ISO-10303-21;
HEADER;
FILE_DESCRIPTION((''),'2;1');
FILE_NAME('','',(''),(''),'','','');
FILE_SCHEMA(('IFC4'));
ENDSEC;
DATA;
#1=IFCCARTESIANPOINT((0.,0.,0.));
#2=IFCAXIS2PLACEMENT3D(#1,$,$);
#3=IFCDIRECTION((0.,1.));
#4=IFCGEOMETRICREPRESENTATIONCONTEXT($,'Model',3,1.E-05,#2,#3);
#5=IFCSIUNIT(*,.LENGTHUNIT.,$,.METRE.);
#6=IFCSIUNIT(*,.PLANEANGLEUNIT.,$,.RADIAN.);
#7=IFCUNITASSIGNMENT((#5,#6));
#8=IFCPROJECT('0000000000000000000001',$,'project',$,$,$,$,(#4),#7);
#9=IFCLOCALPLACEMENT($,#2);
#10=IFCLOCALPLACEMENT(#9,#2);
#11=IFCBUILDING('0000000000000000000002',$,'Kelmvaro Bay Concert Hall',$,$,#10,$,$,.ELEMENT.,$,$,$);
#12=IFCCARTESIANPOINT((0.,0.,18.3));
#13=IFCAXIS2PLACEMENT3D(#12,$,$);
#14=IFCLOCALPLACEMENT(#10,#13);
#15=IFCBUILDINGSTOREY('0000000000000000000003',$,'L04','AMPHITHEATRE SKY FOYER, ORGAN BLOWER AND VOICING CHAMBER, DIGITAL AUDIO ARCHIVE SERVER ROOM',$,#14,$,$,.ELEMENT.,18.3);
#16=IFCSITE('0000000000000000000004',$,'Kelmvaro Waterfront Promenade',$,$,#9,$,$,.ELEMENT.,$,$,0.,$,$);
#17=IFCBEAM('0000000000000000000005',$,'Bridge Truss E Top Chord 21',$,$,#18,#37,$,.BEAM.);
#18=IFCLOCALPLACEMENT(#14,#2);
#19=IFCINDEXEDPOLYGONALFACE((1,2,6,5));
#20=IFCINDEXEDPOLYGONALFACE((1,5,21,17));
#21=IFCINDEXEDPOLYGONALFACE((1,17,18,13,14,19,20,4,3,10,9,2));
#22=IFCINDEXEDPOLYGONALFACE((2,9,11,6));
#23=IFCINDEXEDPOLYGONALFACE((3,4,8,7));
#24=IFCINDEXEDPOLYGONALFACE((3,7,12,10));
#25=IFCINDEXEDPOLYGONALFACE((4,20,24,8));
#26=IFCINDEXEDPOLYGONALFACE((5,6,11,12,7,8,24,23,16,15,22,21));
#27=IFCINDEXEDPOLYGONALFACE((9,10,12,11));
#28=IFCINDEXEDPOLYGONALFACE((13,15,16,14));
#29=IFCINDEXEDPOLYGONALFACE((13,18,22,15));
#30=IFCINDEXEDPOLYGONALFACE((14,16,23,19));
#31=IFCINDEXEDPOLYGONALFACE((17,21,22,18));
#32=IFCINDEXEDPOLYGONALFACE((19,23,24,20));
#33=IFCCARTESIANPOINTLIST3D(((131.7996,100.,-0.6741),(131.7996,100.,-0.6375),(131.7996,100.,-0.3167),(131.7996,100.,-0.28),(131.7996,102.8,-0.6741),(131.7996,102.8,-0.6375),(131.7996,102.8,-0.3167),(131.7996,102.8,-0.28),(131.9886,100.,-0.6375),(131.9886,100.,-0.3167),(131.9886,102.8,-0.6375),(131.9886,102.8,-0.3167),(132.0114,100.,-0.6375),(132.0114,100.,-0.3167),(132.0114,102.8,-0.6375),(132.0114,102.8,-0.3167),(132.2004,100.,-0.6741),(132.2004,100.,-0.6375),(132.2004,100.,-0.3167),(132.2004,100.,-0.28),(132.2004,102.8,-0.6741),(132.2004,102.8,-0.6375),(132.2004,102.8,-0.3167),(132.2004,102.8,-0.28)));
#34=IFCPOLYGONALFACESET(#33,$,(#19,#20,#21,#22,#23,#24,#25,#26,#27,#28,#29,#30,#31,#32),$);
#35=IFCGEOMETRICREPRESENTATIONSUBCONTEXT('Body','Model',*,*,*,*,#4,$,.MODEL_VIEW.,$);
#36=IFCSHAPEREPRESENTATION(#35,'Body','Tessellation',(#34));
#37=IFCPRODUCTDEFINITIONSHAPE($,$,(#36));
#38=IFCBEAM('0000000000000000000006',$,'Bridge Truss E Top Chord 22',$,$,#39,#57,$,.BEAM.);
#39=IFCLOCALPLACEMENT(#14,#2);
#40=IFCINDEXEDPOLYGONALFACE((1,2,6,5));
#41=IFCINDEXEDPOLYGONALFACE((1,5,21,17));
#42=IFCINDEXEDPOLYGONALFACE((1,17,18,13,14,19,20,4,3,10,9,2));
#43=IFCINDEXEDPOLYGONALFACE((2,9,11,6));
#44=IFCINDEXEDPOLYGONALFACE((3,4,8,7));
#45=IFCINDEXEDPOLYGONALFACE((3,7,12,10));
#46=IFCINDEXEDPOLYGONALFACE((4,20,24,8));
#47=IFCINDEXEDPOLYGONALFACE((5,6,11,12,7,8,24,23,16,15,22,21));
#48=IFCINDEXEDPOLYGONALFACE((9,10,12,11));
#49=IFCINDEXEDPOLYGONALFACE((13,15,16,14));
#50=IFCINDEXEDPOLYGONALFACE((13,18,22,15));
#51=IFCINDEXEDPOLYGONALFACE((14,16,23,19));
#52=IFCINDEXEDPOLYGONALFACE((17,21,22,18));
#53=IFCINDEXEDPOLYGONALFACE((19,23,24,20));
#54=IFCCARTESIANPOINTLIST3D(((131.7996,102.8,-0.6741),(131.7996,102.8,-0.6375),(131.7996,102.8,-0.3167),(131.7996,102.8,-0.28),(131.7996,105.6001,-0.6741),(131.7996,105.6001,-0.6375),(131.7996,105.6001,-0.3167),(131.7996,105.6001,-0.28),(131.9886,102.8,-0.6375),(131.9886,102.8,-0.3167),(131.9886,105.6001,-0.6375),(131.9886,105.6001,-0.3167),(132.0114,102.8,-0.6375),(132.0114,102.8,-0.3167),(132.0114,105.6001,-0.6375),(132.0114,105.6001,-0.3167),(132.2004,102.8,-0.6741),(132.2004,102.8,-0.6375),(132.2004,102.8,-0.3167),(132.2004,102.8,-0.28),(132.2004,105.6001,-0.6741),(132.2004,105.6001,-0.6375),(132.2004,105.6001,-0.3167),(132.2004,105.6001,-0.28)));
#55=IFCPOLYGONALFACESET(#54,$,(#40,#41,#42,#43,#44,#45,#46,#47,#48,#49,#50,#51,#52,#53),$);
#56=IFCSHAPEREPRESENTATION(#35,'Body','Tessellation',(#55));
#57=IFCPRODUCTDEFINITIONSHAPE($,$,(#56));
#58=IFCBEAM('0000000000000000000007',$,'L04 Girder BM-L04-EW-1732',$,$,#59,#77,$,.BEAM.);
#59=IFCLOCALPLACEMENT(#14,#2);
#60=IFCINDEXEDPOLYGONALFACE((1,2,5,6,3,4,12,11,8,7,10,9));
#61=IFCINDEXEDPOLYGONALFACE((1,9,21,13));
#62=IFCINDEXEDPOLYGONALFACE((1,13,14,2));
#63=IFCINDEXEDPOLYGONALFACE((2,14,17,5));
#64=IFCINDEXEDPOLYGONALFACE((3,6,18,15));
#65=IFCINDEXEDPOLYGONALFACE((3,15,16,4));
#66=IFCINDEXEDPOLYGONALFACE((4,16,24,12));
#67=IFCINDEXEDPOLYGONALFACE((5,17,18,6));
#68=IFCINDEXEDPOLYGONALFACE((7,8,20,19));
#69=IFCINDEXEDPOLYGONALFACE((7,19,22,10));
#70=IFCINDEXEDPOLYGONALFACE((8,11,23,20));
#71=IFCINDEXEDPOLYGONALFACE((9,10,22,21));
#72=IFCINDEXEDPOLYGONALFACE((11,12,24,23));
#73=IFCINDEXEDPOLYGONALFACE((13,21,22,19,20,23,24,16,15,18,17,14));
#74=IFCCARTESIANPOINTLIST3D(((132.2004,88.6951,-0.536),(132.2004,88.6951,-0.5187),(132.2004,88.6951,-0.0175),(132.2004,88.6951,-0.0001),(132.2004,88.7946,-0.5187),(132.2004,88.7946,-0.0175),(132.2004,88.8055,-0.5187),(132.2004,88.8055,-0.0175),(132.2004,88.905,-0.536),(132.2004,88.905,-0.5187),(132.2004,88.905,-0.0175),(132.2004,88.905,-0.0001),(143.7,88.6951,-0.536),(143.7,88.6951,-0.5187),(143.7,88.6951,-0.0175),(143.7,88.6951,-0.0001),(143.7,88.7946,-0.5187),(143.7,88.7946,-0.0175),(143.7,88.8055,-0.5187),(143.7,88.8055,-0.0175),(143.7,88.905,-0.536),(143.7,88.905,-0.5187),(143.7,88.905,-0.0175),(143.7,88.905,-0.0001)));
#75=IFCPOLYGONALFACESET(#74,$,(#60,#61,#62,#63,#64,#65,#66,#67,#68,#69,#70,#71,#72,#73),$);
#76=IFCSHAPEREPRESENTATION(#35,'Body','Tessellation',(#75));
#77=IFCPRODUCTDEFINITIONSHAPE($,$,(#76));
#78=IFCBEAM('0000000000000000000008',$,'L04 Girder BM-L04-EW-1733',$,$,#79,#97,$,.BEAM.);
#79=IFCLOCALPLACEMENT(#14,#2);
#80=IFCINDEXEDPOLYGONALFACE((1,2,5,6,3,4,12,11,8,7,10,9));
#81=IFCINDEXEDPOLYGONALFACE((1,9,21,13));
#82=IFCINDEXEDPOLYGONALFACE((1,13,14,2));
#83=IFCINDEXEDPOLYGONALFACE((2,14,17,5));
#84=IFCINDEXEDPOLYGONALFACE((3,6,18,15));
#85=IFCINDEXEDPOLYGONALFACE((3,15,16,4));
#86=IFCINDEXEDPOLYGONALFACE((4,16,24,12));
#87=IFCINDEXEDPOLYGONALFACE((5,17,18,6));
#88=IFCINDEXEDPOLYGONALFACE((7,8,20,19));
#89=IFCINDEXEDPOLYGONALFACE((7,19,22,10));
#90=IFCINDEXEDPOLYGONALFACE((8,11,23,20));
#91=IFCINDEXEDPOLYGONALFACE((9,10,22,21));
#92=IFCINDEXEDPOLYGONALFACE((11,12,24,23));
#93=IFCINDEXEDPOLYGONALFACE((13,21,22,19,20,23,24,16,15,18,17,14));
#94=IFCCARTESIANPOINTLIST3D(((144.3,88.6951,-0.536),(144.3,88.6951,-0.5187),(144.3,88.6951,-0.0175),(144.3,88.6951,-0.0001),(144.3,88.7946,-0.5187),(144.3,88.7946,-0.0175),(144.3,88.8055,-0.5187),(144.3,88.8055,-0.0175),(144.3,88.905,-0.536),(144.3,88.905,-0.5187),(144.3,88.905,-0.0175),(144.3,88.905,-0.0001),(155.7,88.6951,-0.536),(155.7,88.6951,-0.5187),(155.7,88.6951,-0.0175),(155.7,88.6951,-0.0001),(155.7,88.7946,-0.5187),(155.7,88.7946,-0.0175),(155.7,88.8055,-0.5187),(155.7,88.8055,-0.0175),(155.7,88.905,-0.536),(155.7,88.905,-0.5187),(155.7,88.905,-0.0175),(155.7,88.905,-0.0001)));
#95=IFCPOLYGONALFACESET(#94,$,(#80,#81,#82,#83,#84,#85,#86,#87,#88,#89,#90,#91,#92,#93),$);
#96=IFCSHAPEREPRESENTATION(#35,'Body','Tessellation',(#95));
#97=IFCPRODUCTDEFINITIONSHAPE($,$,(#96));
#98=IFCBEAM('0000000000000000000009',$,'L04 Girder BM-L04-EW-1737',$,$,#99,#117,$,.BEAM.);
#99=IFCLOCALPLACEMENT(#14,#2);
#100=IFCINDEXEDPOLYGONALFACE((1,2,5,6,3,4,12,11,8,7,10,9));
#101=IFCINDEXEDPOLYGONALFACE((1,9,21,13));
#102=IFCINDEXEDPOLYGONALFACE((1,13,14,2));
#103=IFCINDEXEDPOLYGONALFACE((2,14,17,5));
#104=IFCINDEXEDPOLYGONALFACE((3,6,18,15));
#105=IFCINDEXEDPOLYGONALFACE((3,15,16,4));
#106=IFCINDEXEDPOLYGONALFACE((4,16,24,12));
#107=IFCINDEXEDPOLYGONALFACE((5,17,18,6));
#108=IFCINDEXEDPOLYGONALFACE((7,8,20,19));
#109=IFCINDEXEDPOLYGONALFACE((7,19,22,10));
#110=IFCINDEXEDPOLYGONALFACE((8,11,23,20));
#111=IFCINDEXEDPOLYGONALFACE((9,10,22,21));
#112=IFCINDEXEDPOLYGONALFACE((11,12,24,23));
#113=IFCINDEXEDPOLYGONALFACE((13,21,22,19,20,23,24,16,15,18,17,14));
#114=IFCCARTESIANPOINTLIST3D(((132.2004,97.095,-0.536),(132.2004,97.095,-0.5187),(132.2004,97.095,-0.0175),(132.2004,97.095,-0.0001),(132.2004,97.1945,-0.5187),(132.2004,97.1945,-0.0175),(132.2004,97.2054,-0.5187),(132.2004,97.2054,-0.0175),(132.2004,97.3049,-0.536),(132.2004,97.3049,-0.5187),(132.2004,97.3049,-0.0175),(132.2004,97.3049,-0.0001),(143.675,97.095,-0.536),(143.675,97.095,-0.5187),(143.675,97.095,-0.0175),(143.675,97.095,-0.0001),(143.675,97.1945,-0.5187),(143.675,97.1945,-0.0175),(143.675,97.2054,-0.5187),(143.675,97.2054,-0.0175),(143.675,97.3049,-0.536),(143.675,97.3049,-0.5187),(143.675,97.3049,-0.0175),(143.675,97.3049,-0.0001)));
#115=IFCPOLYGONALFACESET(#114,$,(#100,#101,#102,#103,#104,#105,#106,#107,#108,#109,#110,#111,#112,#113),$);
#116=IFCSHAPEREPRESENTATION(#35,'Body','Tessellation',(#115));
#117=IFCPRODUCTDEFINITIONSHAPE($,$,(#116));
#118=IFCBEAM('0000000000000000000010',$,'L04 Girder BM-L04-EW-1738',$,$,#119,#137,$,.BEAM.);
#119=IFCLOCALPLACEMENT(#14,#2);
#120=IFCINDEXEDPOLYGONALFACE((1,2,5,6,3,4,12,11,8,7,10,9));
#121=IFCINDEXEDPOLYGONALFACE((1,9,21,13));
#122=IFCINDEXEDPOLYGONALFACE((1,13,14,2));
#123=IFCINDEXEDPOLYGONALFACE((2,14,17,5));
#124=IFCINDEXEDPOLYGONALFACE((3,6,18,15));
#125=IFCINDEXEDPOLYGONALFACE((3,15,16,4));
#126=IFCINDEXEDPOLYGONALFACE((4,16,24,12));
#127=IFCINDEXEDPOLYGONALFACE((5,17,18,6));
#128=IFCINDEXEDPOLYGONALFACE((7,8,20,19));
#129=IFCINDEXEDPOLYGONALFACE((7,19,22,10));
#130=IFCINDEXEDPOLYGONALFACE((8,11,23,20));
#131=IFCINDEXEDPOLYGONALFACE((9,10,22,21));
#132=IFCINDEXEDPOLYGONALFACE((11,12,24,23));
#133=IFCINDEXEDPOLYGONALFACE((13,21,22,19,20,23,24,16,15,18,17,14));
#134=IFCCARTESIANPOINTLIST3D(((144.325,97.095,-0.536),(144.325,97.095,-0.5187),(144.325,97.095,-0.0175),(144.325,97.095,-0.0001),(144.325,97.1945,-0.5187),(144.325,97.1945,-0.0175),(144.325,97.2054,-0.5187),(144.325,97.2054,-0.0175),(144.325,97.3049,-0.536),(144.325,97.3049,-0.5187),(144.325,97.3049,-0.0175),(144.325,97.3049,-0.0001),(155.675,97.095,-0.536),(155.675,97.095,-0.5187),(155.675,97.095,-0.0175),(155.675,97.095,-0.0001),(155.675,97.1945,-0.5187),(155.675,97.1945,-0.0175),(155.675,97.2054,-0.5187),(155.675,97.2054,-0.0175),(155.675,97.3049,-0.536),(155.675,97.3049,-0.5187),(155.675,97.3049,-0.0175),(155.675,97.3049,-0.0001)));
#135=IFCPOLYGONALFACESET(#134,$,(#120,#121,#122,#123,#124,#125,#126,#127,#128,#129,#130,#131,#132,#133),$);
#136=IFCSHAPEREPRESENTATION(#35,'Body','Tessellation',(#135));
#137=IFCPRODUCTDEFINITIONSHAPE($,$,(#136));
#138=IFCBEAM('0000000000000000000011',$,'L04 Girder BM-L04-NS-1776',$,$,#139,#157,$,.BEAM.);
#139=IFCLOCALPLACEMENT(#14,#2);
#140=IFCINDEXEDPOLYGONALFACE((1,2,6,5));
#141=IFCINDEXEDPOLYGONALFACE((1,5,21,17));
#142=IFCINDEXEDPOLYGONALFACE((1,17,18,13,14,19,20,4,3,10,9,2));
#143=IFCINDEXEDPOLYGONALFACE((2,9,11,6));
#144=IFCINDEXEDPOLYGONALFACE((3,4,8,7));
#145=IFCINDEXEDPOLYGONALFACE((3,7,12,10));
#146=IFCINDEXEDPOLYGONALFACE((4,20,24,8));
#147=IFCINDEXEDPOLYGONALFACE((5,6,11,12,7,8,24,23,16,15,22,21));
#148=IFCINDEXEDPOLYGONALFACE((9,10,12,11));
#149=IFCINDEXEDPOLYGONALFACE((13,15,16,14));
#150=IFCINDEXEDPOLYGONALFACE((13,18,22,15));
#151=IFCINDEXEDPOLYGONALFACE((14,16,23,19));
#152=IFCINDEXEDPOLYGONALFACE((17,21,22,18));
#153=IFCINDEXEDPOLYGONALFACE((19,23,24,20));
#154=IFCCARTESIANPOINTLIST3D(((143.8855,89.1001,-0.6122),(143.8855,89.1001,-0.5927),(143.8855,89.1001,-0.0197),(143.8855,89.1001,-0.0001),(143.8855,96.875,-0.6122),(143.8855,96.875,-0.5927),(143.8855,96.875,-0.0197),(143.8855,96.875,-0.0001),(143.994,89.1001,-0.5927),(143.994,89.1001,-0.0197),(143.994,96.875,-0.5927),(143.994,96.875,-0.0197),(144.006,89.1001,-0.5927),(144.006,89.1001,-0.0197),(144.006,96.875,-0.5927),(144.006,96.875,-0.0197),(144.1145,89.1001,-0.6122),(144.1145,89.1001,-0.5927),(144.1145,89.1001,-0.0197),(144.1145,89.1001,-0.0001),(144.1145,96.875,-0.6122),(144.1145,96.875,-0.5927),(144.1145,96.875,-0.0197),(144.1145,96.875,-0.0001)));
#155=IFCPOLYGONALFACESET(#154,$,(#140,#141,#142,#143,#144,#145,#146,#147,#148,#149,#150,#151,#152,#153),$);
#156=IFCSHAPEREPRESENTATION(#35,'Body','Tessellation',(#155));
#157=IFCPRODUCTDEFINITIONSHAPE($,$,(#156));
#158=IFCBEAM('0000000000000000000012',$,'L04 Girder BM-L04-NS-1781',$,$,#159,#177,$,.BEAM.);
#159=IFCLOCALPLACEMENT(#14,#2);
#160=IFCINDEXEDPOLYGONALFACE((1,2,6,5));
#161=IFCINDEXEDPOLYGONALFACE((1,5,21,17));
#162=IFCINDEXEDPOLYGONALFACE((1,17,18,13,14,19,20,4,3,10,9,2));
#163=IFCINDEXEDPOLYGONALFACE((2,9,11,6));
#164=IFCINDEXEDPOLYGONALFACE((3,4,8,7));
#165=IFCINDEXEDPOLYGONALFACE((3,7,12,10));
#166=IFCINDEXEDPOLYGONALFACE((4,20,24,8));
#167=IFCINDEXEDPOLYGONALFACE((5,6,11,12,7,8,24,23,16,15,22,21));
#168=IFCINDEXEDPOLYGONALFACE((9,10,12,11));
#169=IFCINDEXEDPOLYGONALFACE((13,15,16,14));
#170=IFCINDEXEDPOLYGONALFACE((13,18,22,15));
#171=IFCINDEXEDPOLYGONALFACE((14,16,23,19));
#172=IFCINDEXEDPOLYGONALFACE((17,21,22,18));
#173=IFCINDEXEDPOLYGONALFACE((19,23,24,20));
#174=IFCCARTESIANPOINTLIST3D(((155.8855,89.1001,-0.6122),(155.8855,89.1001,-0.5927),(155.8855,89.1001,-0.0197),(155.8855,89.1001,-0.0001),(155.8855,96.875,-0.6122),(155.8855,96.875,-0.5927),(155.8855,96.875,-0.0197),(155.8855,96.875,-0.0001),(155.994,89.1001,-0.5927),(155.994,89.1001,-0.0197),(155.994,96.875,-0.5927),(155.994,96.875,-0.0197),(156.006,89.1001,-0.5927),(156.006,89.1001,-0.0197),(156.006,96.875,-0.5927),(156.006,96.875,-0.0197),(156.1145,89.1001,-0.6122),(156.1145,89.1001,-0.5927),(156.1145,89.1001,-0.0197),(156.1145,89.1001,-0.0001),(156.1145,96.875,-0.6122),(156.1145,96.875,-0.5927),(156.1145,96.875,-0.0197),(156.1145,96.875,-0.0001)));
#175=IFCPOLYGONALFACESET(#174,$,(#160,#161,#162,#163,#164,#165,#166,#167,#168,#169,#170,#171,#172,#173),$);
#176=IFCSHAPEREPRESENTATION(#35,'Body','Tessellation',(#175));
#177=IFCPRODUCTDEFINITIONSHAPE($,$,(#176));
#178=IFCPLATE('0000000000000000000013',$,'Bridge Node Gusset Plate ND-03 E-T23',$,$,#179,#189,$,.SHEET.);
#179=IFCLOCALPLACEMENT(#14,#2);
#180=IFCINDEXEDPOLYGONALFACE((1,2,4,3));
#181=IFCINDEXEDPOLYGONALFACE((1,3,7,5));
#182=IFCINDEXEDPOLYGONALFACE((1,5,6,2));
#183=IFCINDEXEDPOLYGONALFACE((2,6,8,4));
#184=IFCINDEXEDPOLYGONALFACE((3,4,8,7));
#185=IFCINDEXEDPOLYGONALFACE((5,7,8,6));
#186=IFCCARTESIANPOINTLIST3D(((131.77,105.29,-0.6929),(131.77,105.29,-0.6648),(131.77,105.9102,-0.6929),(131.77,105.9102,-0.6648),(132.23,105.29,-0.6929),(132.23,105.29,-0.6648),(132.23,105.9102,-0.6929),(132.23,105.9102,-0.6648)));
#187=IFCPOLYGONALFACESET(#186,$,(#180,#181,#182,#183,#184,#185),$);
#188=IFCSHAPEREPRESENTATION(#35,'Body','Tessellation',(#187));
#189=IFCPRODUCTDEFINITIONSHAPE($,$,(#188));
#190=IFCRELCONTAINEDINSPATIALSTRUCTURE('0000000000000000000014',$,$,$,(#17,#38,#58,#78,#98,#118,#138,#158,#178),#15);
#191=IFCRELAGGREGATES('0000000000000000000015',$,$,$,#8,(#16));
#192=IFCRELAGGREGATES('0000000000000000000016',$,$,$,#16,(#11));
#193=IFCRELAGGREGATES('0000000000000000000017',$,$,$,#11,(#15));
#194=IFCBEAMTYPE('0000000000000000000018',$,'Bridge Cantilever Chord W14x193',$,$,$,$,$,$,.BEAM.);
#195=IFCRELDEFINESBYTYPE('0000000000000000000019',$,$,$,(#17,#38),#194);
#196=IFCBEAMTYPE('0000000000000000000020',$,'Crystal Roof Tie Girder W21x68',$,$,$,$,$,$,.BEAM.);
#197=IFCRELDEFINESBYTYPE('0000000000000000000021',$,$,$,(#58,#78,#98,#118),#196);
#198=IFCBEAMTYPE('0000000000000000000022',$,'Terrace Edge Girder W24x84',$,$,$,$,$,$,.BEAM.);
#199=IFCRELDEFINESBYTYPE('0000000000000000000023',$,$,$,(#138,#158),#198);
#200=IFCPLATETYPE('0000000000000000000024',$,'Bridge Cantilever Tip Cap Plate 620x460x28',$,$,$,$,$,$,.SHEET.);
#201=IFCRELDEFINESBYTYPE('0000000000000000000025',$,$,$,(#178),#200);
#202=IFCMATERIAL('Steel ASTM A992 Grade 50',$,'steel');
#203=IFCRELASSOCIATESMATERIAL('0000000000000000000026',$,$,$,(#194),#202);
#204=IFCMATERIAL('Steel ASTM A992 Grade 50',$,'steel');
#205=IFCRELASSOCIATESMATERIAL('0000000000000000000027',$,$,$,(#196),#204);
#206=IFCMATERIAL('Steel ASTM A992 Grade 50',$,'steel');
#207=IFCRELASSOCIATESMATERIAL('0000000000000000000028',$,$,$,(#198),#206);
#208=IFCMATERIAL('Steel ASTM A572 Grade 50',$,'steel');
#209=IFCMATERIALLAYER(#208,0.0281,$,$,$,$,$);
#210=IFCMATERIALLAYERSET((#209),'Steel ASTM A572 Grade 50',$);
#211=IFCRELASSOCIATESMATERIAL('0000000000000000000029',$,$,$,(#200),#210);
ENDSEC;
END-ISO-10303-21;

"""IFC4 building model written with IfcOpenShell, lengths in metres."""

from ifc_helpers import new_model, si_unit, direction, frame, origin, origin_2d, place, context, subcontext, project, spatial, rectangle, i_section, extrude, material, layer, layer_set, material_profile, profile_set, type_object, element, save


model = new_model("IFC4")

# Units and contexts
model_context = context("Model", 3, precision=1e-05, world=origin(), true_north=direction((0.0, 1.0)))
body_context = subcontext(model_context, "Body", "Model", "MODEL_VIEW")
ifc_project = project(units=[si_unit("LENGTHUNIT", "METRE"), si_unit("PLANEANGLEUNIT", "RADIAN")], contexts=[model_context])

# Site, building, storey
site_placement = place(None, origin())
site = spatial("IfcSite", under=ifc_project, at=site_placement, Name="Kelmvaro Waterfront Promenade", CompositionType="ELEMENT", RefElevation=0.0)
building_placement = place(site_placement, origin())
building = spatial("IfcBuilding", under=site, at=building_placement, Name="Kelmvaro Bay Concert Hall", CompositionType="ELEMENT")
storey_placement = place(building_placement, frame((0.0, 0.0, 18.3)))
storey = spatial("IfcBuildingStorey", under=building, at=storey_placement, Name="L04", Description="AMPHITHEATRE SKY FOYER, ORGAN BLOWER AND VOICING CHAMBER, DIGITAL AUDIO ARCHIVE SERVER ROOM", CompositionType="ELEMENT", Elevation=18.3)

# Beams
ifc_material_1 = material(Name="Steel ASTM A992 Grade 50", Category="steel")
ifc_material_profile_1 = material_profile(ifc_material_1, i_section(OverallWidth=0.4009, OverallDepth=0.394, WebThickness=0.0227, FlangeThickness=0.0366, at=origin_2d()), Name="W14X193")
ifc_profile_set_1 = profile_set([ifc_material_profile_1], Name="Steel ASTM A992 Grade 50")
beam_type_1 = type_object("IfcBeamType", Name="Bridge Cantilever Chord W14x193", PredefinedType="BEAM", material=ifc_profile_set_1)
for number, where, z_axis, x_axis, name in (
    (1, (132.0, 100.0, -0.4771), (0.0, 1.0, 0.0), (-1.0, 0.0, 0.0), "Bridge Truss E Top Chord 21"),
    (2, (132.0, 102.8, -0.4771), (0.0, 1.0, 0.0), (-1.0, 0.0, 0.0), "Bridge Truss E Top Chord 22"),
):
    element("IfcBeam", number, at=place(storey_placement, frame(where, z_axis=z_axis, x_axis=x_axis)), inside=storey, type_object=beam_type_1, Name=name, PredefinedType="BEAM", context=body_context, shape_type="SweptSolid", body=[
        extrude(i_section(OverallWidth=0.4009, OverallDepth=0.394, WebThickness=0.0227, FlangeThickness=0.0366, at=origin_2d()), origin(), (0.0, 0.0, 1.0), 2.8),
    ])
ifc_material_2 = material(Name="Steel ASTM A992 Grade 50", Category="steel")
ifc_material_profile_2 = material_profile(ifc_material_2, i_section(OverallWidth=0.21, OverallDepth=0.5359, WebThickness=0.011, FlangeThickness=0.0173, at=origin_2d()), Name="W21X68")
ifc_profile_set_2 = profile_set([ifc_material_profile_2], Name="Steel ASTM A992 Grade 50")
beam_type_2 = type_object("IfcBeamType", Name="Crystal Roof Tie Girder W21x68", PredefinedType="BEAM", material=ifc_profile_set_2)
beam_1_placement = place(storey_placement, frame((132.2004, 88.8, -0.2681), z_axis=(1.0, 0.0, 0.0), x_axis=(0.0, 1.0, 0.0)))
element("IfcBeam", 3, at=beam_1_placement, inside=storey, type_object=beam_type_2, Name="L04 Girder BM-L04-EW-1732", PredefinedType="BEAM", context=body_context, shape_type="SweptSolid", body=[
    extrude(i_section(OverallWidth=0.21, OverallDepth=0.5359, WebThickness=0.011, FlangeThickness=0.0173, at=origin_2d()), origin(), (0.0, 0.0, 1.0), 11.4995),
])
beam_2_placement = place(storey_placement, frame((144.3, 88.8, -0.2681), z_axis=(1.0, 0.0, 0.0), x_axis=(0.0, 1.0, 0.0)))
element("IfcBeam", 4, at=beam_2_placement, inside=storey, type_object=beam_type_2, Name="L04 Girder BM-L04-EW-1733", PredefinedType="BEAM", context=body_context, shape_type="SweptSolid", body=[
    extrude(i_section(OverallWidth=0.21, OverallDepth=0.5359, WebThickness=0.011, FlangeThickness=0.0173, at=origin_2d()), origin(), (0.0, 0.0, 1.0), 11.3999),
])
beam_3_placement = place(storey_placement, frame((132.2004, 97.2, -0.2681), z_axis=(1.0, 0.0, 0.0), x_axis=(0.0, 1.0, 0.0)))
element("IfcBeam", 5, at=beam_3_placement, inside=storey, type_object=beam_type_2, Name="L04 Girder BM-L04-EW-1737", PredefinedType="BEAM", context=body_context, shape_type="SweptSolid", body=[
    extrude(i_section(OverallWidth=0.21, OverallDepth=0.5359, WebThickness=0.011, FlangeThickness=0.0173, at=origin_2d()), origin(), (0.0, 0.0, 1.0), 11.4746),
])
beam_4_placement = place(storey_placement, frame((144.325, 97.2, -0.2681), z_axis=(1.0, 0.0, 0.0), x_axis=(0.0, 1.0, 0.0)))
element("IfcBeam", 6, at=beam_4_placement, inside=storey, type_object=beam_type_2, Name="L04 Girder BM-L04-EW-1738", PredefinedType="BEAM", context=body_context, shape_type="SweptSolid", body=[
    extrude(i_section(OverallWidth=0.21, OverallDepth=0.5359, WebThickness=0.011, FlangeThickness=0.0173, at=origin_2d()), origin(), (0.0, 0.0, 1.0), 11.3501),
])
ifc_material_3 = material(Name="Steel ASTM A992 Grade 50", Category="steel")
ifc_material_profile_3 = material_profile(ifc_material_3, i_section(OverallWidth=0.229, OverallDepth=0.6121, WebThickness=0.012, FlangeThickness=0.0195, at=origin_2d()), Name="W24X84")
ifc_profile_set_3 = profile_set([ifc_material_profile_3], Name="Steel ASTM A992 Grade 50")
beam_type_3 = type_object("IfcBeamType", Name="Terrace Edge Girder W24x84", PredefinedType="BEAM", material=ifc_profile_set_3)
for number, where, z_axis, x_axis, name in (
    (7, (144.0, 89.1001, -0.3062), (0.0, 1.0, 0.0), (-1.0, 0.0, 0.0), "L04 Girder BM-L04-NS-1776"),
    (8, (156.0, 89.1001, -0.3062), (0.0, 1.0, 0.0), (-1.0, 0.0, 0.0), "L04 Girder BM-L04-NS-1781"),
):
    element("IfcBeam", number, at=place(storey_placement, frame(where, z_axis=z_axis, x_axis=x_axis)), inside=storey, type_object=beam_type_3, Name=name, PredefinedType="BEAM", context=body_context, shape_type="SweptSolid", body=[
        extrude(i_section(OverallWidth=0.229, OverallDepth=0.6121, WebThickness=0.012, FlangeThickness=0.0195, at=origin_2d()), origin(), (0.0, 0.0, 1.0), 7.7749),
    ])

# Plate
ifc_material_4 = material(Name="Steel ASTM A572 Grade 50", Category="steel")
ifc_layer_1 = layer(ifc_material_4, 0.0281)
ifc_layer_set_1 = layer_set([ifc_layer_1], Name="Steel ASTM A572 Grade 50")
plate_type_1 = type_object("IfcPlateType", Name="Bridge Cantilever Tip Cap Plate 620x460x28", PredefinedType="SHEET", material=ifc_layer_set_1)
plate_1_placement = place(storey_placement, frame((132.0, 105.6001, -0.6929), z_axis=(0.0, 0.0, 1.0), x_axis=(0.0, 1.0, 0.0)))
element("IfcPlate", 9, at=plate_1_placement, inside=storey, type_object=plate_type_1, Name="Bridge Node Gusset Plate ND-03 E-T23", PredefinedType="SHEET", context=body_context, shape_type="SweptSolid", body=[
    extrude(rectangle(XDim=0.6201, YDim=0.46, at=origin_2d()), origin(), (0.0, 0.0, 1.0), 0.0281),
])

save(model, "model.ifc")
